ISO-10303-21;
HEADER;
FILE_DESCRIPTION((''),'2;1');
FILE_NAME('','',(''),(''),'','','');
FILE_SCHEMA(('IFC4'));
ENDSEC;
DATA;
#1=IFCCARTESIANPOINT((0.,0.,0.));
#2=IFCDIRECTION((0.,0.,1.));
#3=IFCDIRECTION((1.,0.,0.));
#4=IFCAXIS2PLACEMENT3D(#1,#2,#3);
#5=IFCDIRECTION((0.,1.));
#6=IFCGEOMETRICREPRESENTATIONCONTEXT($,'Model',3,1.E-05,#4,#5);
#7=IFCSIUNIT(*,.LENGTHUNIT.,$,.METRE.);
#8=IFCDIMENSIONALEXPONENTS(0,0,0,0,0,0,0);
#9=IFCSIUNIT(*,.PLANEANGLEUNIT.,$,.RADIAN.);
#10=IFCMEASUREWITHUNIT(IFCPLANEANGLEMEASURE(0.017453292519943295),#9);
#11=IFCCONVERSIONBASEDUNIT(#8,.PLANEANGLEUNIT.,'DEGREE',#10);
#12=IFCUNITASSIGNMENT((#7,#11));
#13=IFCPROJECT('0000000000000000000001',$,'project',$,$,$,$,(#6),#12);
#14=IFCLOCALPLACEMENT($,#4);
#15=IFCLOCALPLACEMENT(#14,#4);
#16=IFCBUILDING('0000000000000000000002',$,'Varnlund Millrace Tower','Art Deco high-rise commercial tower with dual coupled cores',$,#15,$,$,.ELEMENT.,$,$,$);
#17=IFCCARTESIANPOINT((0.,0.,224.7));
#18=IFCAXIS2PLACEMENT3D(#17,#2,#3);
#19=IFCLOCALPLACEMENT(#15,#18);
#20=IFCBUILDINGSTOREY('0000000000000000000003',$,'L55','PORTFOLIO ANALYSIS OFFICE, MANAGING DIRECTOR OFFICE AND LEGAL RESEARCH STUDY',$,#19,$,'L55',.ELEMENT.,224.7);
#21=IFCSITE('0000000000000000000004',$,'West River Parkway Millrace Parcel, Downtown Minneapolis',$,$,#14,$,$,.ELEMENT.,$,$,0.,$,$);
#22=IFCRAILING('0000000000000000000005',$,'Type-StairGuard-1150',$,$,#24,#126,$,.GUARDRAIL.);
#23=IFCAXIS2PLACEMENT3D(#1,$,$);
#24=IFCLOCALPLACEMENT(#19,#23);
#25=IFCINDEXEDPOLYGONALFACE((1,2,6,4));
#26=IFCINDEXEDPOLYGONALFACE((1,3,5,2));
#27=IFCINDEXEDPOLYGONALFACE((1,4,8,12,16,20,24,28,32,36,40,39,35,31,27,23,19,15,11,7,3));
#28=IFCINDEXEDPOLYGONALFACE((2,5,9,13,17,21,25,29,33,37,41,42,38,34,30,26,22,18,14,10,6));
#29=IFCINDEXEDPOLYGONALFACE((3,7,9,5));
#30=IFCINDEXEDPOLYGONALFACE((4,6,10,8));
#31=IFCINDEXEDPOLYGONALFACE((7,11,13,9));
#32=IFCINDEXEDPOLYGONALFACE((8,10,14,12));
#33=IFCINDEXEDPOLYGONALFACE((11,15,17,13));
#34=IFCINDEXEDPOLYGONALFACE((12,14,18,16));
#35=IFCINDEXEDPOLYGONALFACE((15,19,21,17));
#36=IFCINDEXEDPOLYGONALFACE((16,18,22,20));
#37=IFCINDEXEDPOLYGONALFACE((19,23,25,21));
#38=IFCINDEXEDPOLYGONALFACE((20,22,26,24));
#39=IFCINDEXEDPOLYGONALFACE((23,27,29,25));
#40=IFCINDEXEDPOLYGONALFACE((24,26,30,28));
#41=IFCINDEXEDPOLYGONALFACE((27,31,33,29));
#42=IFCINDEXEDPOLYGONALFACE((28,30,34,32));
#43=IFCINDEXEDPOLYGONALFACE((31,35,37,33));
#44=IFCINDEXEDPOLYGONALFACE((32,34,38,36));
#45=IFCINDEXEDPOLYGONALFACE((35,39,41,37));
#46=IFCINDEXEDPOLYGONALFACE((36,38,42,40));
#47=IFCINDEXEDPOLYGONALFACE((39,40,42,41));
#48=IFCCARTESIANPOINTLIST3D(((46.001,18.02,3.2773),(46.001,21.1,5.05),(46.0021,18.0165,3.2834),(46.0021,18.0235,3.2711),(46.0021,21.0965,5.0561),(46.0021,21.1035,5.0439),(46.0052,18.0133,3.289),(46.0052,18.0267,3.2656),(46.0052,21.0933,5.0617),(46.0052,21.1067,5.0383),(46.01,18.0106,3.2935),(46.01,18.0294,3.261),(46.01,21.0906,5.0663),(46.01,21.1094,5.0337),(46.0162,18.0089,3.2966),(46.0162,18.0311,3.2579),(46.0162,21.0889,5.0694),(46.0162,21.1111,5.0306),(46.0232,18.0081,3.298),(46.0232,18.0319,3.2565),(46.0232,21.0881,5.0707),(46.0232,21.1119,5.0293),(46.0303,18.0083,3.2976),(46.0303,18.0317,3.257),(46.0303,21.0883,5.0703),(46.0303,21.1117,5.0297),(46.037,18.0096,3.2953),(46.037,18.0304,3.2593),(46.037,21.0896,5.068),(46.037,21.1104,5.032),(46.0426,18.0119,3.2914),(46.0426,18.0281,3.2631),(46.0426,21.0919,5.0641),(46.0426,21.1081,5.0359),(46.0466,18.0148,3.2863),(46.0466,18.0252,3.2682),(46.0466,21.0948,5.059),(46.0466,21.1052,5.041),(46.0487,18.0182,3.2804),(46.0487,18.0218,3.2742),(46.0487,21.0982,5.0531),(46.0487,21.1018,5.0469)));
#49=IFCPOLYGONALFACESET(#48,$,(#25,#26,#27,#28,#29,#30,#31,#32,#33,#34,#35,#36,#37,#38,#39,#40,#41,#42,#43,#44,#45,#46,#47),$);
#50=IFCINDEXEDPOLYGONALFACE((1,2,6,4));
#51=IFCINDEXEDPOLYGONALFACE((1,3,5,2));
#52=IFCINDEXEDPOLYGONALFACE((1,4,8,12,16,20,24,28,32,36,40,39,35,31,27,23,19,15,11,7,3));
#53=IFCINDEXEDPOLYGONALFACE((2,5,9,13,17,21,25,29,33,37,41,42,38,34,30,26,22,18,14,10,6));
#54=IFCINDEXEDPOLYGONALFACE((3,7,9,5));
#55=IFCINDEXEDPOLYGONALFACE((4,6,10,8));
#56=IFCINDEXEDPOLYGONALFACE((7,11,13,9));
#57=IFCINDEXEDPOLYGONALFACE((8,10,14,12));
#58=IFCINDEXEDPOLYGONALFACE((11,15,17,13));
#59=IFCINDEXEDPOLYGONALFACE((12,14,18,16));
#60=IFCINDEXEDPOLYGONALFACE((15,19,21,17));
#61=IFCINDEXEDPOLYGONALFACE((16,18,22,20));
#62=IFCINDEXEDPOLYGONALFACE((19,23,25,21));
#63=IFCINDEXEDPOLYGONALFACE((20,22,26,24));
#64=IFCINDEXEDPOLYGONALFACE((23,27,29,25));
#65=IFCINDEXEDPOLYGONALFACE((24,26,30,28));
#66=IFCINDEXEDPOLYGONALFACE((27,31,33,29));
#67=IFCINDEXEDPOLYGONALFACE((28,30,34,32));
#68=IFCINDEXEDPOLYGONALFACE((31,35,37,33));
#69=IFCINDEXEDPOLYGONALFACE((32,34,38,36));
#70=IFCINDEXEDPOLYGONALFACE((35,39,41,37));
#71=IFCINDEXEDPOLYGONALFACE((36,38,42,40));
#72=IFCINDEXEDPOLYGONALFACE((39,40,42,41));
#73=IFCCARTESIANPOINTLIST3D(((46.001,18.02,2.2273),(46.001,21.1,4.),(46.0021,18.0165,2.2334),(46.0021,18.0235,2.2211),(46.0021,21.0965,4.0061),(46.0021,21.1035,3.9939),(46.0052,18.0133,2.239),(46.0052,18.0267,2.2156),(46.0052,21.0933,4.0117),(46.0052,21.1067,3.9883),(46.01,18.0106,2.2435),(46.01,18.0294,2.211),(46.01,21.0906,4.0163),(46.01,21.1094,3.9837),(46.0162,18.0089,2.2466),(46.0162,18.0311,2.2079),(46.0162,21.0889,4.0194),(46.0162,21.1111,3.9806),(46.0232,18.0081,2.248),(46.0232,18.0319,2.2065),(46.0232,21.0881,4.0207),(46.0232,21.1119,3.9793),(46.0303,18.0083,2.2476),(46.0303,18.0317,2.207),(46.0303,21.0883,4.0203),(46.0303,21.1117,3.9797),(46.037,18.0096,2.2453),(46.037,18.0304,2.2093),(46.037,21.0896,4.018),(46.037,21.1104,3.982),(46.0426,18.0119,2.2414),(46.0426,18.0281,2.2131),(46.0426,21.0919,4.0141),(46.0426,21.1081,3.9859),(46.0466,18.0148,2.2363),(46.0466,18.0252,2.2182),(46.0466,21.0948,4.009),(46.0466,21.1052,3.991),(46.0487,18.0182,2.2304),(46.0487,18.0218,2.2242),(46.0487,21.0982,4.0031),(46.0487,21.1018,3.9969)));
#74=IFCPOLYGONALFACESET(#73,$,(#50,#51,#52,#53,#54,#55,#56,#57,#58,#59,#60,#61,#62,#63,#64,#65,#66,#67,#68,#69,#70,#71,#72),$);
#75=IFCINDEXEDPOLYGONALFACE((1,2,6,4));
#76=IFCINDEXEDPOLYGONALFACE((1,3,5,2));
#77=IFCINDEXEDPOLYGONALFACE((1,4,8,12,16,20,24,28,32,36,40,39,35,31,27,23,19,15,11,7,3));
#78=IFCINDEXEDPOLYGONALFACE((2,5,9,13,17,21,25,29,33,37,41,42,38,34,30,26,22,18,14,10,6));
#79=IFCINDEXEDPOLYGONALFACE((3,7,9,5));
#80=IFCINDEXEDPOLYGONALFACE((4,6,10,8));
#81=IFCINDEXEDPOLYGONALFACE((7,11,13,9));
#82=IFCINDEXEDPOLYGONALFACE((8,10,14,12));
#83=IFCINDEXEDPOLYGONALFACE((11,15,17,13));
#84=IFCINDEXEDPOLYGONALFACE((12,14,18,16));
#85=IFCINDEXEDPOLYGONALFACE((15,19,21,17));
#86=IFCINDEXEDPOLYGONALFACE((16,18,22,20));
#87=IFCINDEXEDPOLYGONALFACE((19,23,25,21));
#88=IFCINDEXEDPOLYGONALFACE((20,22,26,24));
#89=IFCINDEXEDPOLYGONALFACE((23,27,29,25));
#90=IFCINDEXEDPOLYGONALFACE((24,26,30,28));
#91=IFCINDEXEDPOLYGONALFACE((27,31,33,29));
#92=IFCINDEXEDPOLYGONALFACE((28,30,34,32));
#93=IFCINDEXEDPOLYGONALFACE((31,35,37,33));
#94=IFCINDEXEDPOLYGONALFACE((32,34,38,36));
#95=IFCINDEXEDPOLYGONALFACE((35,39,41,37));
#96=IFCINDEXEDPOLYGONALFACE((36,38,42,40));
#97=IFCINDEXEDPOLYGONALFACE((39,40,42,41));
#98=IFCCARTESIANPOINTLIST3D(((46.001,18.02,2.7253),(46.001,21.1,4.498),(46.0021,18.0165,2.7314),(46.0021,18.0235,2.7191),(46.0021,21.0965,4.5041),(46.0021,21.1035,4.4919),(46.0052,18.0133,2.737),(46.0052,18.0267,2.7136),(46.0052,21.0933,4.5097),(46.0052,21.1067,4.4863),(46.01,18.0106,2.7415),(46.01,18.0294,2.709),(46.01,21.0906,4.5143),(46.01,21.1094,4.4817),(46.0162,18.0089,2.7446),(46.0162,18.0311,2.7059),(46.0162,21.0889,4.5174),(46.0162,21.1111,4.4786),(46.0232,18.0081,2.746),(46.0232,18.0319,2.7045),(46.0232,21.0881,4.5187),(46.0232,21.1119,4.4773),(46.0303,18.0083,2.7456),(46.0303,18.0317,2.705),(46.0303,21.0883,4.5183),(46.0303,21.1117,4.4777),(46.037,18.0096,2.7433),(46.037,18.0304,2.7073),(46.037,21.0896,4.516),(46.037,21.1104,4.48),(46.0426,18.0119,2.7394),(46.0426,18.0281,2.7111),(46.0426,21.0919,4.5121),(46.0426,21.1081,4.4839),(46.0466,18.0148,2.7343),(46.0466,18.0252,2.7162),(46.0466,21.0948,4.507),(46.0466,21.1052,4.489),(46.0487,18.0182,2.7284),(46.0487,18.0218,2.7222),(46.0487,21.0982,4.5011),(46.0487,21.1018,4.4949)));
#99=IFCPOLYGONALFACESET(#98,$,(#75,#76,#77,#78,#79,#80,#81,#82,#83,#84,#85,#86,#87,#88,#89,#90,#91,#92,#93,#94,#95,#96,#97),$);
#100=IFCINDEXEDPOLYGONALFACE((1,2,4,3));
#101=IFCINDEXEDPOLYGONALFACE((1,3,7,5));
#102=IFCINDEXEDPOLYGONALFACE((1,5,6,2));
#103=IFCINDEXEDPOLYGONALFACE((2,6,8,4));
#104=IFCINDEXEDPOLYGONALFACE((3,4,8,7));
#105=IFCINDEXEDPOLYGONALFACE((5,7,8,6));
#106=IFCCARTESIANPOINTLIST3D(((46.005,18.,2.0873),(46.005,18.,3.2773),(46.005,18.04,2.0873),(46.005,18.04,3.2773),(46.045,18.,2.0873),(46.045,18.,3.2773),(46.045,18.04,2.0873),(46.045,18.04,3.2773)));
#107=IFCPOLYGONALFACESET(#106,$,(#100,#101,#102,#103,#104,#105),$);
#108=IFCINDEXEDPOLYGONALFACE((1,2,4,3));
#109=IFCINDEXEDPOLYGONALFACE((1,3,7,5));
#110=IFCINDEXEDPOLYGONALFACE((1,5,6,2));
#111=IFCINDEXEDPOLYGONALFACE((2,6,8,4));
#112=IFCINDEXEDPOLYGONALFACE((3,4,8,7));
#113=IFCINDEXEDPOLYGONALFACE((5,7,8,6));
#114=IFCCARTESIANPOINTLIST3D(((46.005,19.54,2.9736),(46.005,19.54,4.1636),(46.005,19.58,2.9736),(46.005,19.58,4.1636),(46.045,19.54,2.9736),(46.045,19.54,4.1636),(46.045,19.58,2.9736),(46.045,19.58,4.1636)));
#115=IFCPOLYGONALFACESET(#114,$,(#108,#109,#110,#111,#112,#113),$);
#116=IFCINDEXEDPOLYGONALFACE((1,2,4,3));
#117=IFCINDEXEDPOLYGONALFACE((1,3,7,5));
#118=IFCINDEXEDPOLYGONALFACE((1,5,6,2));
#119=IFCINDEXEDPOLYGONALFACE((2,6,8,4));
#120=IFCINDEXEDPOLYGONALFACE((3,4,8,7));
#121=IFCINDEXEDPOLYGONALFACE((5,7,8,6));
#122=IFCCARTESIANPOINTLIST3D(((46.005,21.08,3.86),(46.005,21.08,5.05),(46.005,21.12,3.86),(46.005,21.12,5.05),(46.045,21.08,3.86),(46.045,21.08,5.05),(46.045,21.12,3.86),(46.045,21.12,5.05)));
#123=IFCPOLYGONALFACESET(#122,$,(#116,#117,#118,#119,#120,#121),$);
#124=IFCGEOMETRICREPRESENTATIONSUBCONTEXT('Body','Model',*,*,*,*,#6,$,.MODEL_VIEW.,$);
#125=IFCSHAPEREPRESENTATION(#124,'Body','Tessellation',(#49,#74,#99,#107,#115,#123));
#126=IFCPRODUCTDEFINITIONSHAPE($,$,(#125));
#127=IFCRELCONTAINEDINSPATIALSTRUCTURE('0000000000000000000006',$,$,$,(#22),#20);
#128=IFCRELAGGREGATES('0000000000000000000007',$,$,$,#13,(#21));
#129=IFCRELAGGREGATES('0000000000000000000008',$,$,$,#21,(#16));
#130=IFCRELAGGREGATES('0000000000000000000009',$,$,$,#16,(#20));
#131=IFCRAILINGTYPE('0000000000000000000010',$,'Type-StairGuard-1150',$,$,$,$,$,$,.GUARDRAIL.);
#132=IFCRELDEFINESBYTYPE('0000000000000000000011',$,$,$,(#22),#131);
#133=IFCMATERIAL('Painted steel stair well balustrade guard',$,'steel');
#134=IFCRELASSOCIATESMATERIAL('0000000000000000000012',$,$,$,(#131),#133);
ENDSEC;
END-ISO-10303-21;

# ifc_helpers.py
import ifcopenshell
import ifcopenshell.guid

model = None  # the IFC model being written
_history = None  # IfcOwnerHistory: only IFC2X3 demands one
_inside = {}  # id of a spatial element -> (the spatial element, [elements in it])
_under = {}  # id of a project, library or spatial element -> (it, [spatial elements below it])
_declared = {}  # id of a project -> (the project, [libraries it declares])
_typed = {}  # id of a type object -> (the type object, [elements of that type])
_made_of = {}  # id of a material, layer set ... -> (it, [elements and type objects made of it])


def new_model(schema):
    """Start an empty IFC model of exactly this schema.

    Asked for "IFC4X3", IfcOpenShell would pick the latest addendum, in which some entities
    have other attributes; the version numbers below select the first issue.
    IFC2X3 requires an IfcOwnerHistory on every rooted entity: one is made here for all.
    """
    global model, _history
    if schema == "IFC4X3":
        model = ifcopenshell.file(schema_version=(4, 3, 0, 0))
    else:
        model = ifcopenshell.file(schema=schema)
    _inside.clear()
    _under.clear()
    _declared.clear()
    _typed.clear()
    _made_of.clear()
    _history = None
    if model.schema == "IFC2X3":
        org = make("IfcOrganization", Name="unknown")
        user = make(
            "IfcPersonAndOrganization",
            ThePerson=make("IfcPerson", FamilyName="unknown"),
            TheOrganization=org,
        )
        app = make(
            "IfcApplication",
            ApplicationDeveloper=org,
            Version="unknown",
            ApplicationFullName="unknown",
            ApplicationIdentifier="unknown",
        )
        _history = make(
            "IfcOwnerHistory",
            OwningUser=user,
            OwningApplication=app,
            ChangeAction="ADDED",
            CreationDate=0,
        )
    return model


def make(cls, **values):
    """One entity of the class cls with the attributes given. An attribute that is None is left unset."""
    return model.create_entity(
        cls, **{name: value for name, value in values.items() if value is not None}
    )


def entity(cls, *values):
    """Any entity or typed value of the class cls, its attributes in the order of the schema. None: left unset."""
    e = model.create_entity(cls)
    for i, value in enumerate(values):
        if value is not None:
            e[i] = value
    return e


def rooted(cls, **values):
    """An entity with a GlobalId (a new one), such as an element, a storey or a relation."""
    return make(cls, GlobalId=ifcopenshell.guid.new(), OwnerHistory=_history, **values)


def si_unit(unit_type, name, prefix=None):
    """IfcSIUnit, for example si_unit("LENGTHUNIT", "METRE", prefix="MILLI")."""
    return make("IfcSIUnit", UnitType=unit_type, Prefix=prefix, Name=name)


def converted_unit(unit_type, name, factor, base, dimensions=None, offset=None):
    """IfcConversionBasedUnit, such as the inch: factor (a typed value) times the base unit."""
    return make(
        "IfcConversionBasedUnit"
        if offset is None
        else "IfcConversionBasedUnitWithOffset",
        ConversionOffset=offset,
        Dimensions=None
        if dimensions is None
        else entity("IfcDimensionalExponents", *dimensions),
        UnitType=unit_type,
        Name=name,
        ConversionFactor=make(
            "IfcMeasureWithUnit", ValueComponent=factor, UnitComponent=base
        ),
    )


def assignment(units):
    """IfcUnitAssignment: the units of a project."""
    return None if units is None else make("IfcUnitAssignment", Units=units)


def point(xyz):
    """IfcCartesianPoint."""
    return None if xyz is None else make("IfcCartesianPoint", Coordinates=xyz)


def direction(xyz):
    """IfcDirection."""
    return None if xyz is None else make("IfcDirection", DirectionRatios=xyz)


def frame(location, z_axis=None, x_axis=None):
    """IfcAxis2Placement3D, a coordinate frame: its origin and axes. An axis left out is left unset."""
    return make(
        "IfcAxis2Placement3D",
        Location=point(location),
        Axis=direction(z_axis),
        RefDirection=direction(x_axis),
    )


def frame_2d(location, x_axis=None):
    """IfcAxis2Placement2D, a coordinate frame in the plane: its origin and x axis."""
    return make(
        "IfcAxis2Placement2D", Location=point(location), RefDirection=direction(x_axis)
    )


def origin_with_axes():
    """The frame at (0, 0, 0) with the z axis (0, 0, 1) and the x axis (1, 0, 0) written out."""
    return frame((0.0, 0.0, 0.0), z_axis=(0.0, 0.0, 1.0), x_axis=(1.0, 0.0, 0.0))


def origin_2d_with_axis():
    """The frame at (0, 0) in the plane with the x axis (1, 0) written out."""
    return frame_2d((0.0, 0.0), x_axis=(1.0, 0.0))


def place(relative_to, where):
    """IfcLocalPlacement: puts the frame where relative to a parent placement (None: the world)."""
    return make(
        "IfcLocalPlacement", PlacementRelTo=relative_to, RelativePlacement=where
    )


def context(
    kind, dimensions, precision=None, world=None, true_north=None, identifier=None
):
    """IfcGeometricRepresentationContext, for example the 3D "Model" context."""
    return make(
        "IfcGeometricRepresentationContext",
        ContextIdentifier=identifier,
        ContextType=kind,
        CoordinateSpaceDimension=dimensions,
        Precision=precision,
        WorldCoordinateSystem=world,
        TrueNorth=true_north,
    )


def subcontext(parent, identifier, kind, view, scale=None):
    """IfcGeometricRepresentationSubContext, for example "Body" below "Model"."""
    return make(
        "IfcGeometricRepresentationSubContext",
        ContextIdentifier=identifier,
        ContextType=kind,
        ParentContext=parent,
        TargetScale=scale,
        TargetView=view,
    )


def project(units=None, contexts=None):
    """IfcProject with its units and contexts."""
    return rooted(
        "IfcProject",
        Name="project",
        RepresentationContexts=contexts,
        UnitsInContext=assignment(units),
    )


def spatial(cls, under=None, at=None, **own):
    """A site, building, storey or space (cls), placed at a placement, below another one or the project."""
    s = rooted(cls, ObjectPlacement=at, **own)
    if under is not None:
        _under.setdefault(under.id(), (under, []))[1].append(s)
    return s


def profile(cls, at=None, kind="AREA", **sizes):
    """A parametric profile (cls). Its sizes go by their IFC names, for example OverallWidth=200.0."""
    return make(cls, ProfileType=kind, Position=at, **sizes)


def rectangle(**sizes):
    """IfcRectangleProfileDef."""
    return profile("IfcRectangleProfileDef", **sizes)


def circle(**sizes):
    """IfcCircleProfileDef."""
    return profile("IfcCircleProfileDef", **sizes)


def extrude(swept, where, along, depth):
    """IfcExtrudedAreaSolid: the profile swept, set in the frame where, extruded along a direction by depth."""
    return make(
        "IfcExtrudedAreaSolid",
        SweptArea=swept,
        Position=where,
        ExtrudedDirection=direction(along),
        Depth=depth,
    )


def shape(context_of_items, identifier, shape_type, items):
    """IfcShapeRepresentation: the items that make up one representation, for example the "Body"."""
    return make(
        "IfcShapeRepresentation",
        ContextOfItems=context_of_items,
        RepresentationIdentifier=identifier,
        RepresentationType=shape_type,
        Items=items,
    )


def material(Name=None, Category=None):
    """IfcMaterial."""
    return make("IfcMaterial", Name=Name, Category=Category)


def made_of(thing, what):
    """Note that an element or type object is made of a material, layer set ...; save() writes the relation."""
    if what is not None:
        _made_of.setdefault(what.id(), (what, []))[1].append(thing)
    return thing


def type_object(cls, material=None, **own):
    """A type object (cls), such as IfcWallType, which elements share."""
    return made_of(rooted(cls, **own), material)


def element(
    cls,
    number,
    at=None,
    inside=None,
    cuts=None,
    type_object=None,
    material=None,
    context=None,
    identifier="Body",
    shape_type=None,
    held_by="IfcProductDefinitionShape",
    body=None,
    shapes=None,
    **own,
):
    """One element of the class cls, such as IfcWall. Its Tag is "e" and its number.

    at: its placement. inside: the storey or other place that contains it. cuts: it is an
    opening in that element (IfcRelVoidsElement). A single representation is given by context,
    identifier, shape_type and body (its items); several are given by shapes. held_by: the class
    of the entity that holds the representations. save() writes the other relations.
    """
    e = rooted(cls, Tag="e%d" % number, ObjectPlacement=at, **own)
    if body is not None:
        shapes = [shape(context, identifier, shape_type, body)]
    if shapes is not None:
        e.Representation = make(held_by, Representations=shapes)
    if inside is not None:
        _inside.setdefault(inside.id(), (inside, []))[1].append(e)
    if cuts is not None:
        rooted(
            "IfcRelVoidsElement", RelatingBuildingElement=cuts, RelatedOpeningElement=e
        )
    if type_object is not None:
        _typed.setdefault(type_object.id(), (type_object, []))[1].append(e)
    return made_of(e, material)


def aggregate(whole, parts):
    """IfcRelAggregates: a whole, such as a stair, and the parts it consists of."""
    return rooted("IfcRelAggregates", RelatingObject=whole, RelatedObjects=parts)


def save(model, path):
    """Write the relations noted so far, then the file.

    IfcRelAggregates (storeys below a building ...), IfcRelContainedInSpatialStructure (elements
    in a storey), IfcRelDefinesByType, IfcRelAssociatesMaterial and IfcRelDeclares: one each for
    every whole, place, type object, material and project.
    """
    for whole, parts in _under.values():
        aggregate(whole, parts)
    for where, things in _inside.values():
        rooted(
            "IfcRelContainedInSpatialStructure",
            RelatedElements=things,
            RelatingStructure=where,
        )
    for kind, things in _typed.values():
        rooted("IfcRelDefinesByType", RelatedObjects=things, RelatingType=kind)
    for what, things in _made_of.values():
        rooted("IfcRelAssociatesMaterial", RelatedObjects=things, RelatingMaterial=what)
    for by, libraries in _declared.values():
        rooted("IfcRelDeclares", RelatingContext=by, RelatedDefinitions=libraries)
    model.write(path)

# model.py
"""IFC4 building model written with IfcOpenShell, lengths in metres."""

from ifc_helpers import new_model, entity, si_unit, converted_unit, direction, frame, origin_with_axes, origin_2d_with_axis, place, context, subcontext, project, spatial, rectangle, circle, extrude, material, type_object, element, save


model = new_model("IFC4")

# Units and contexts
model_context = context("Model", 3, precision=1e-05, world=origin_with_axes(), true_north=direction((0.0, 1.0)))
body_context = subcontext(model_context, "Body", "Model", "MODEL_VIEW")
ifc_project = project(units=[si_unit("LENGTHUNIT", "METRE"), converted_unit("PLANEANGLEUNIT", "DEGREE", entity("IfcPlaneAngleMeasure", 0.017453292519943295), si_unit("PLANEANGLEUNIT", "RADIAN"), dimensions=[0, 0, 0, 0, 0, 0, 0])], contexts=[model_context])

# Site, building, storey
site_placement = place(None, origin_with_axes())
site = spatial("IfcSite", under=ifc_project, at=site_placement, Name="West River Parkway Millrace Parcel, Downtown Minneapolis", CompositionType="ELEMENT", RefElevation=0.0)
building_placement = place(site_placement, origin_with_axes())
building = spatial("IfcBuilding", under=site, at=building_placement, Name="Varnlund Millrace Tower", Description="Art Deco high-rise commercial tower with dual coupled cores", CompositionType="ELEMENT")
storey_placement = place(building_placement, frame((0.0, 0.0, 224.7), z_axis=(0.0, 0.0, 1.0), x_axis=(1.0, 0.0, 0.0)))
storey = spatial("IfcBuildingStorey", under=building, at=storey_placement, Name="L55", Description="PORTFOLIO ANALYSIS OFFICE, MANAGING DIRECTOR OFFICE AND LEGAL RESEARCH STUDY", LongName="L55", CompositionType="ELEMENT", Elevation=224.7)

# Railing
ifc_material_1 = material(Name="Painted steel stair well balustrade guard", Category="steel")
railing_type_1 = type_object("IfcRailingType", Name="Type-StairGuard-1150", PredefinedType="GUARDRAIL", material=ifc_material_1)
railing_1_placement = place(storey_placement, frame((0.0, 0.0, -224.7), z_axis=(0.0, 0.0, 1.0), x_axis=(1.0, 0.0, 0.0)))
element("IfcRailing", 1, at=railing_1_placement, inside=storey, type_object=railing_type_1, Name="Type-StairGuard-1150", PredefinedType="GUARDRAIL", context=body_context, shape_type="SweptSolid", body=[
    extrude(circle(Radius=0.024, at=origin_2d_with_axis()), frame((46.025, 18.02, 227.9773), z_axis=(0.0, 0.866696, 0.498836), x_axis=(-1.0, 0.0, 0.0)), (0.0, 0.0, 1.0), 3.5537),
    extrude(circle(Radius=0.024, at=origin_2d_with_axis()), frame((46.025, 18.02, 226.9273), z_axis=(0.0, 0.866696, 0.498836), x_axis=(-1.0, 0.0, 0.0)), (0.0, 0.0, 1.0), 3.5537),
    extrude(circle(Radius=0.024, at=origin_2d_with_axis()), frame((46.025, 18.02, 227.4253), z_axis=(0.0, 0.866696, 0.498836), x_axis=(-1.0, 0.0, 0.0)), (0.0, 0.0, 1.0), 3.5537),
    extrude(rectangle(XDim=0.04, YDim=0.04, at=origin_2d_with_axis()), frame((46.025, 18.02, 226.7873), z_axis=(0.0, 0.0, 1.0), x_axis=(1.0, 0.0, 0.0)), (0.0, 0.0, 1.0), 1.19),
    extrude(rectangle(XDim=0.04, YDim=0.04, at=origin_2d_with_axis()), frame((46.025, 19.56, 227.6736), z_axis=(0.0, 0.0, 1.0), x_axis=(1.0, 0.0, 0.0)), (0.0, 0.0, 1.0), 1.19),
    extrude(rectangle(XDim=0.04, YDim=0.04, at=origin_2d_with_axis()), frame((46.025, 21.1, 228.56), z_axis=(0.0, 0.0, 1.0), x_axis=(1.0, 0.0, 0.0)), (0.0, 0.0, 1.0), 1.19),
])

save(model, "model.ifc")
